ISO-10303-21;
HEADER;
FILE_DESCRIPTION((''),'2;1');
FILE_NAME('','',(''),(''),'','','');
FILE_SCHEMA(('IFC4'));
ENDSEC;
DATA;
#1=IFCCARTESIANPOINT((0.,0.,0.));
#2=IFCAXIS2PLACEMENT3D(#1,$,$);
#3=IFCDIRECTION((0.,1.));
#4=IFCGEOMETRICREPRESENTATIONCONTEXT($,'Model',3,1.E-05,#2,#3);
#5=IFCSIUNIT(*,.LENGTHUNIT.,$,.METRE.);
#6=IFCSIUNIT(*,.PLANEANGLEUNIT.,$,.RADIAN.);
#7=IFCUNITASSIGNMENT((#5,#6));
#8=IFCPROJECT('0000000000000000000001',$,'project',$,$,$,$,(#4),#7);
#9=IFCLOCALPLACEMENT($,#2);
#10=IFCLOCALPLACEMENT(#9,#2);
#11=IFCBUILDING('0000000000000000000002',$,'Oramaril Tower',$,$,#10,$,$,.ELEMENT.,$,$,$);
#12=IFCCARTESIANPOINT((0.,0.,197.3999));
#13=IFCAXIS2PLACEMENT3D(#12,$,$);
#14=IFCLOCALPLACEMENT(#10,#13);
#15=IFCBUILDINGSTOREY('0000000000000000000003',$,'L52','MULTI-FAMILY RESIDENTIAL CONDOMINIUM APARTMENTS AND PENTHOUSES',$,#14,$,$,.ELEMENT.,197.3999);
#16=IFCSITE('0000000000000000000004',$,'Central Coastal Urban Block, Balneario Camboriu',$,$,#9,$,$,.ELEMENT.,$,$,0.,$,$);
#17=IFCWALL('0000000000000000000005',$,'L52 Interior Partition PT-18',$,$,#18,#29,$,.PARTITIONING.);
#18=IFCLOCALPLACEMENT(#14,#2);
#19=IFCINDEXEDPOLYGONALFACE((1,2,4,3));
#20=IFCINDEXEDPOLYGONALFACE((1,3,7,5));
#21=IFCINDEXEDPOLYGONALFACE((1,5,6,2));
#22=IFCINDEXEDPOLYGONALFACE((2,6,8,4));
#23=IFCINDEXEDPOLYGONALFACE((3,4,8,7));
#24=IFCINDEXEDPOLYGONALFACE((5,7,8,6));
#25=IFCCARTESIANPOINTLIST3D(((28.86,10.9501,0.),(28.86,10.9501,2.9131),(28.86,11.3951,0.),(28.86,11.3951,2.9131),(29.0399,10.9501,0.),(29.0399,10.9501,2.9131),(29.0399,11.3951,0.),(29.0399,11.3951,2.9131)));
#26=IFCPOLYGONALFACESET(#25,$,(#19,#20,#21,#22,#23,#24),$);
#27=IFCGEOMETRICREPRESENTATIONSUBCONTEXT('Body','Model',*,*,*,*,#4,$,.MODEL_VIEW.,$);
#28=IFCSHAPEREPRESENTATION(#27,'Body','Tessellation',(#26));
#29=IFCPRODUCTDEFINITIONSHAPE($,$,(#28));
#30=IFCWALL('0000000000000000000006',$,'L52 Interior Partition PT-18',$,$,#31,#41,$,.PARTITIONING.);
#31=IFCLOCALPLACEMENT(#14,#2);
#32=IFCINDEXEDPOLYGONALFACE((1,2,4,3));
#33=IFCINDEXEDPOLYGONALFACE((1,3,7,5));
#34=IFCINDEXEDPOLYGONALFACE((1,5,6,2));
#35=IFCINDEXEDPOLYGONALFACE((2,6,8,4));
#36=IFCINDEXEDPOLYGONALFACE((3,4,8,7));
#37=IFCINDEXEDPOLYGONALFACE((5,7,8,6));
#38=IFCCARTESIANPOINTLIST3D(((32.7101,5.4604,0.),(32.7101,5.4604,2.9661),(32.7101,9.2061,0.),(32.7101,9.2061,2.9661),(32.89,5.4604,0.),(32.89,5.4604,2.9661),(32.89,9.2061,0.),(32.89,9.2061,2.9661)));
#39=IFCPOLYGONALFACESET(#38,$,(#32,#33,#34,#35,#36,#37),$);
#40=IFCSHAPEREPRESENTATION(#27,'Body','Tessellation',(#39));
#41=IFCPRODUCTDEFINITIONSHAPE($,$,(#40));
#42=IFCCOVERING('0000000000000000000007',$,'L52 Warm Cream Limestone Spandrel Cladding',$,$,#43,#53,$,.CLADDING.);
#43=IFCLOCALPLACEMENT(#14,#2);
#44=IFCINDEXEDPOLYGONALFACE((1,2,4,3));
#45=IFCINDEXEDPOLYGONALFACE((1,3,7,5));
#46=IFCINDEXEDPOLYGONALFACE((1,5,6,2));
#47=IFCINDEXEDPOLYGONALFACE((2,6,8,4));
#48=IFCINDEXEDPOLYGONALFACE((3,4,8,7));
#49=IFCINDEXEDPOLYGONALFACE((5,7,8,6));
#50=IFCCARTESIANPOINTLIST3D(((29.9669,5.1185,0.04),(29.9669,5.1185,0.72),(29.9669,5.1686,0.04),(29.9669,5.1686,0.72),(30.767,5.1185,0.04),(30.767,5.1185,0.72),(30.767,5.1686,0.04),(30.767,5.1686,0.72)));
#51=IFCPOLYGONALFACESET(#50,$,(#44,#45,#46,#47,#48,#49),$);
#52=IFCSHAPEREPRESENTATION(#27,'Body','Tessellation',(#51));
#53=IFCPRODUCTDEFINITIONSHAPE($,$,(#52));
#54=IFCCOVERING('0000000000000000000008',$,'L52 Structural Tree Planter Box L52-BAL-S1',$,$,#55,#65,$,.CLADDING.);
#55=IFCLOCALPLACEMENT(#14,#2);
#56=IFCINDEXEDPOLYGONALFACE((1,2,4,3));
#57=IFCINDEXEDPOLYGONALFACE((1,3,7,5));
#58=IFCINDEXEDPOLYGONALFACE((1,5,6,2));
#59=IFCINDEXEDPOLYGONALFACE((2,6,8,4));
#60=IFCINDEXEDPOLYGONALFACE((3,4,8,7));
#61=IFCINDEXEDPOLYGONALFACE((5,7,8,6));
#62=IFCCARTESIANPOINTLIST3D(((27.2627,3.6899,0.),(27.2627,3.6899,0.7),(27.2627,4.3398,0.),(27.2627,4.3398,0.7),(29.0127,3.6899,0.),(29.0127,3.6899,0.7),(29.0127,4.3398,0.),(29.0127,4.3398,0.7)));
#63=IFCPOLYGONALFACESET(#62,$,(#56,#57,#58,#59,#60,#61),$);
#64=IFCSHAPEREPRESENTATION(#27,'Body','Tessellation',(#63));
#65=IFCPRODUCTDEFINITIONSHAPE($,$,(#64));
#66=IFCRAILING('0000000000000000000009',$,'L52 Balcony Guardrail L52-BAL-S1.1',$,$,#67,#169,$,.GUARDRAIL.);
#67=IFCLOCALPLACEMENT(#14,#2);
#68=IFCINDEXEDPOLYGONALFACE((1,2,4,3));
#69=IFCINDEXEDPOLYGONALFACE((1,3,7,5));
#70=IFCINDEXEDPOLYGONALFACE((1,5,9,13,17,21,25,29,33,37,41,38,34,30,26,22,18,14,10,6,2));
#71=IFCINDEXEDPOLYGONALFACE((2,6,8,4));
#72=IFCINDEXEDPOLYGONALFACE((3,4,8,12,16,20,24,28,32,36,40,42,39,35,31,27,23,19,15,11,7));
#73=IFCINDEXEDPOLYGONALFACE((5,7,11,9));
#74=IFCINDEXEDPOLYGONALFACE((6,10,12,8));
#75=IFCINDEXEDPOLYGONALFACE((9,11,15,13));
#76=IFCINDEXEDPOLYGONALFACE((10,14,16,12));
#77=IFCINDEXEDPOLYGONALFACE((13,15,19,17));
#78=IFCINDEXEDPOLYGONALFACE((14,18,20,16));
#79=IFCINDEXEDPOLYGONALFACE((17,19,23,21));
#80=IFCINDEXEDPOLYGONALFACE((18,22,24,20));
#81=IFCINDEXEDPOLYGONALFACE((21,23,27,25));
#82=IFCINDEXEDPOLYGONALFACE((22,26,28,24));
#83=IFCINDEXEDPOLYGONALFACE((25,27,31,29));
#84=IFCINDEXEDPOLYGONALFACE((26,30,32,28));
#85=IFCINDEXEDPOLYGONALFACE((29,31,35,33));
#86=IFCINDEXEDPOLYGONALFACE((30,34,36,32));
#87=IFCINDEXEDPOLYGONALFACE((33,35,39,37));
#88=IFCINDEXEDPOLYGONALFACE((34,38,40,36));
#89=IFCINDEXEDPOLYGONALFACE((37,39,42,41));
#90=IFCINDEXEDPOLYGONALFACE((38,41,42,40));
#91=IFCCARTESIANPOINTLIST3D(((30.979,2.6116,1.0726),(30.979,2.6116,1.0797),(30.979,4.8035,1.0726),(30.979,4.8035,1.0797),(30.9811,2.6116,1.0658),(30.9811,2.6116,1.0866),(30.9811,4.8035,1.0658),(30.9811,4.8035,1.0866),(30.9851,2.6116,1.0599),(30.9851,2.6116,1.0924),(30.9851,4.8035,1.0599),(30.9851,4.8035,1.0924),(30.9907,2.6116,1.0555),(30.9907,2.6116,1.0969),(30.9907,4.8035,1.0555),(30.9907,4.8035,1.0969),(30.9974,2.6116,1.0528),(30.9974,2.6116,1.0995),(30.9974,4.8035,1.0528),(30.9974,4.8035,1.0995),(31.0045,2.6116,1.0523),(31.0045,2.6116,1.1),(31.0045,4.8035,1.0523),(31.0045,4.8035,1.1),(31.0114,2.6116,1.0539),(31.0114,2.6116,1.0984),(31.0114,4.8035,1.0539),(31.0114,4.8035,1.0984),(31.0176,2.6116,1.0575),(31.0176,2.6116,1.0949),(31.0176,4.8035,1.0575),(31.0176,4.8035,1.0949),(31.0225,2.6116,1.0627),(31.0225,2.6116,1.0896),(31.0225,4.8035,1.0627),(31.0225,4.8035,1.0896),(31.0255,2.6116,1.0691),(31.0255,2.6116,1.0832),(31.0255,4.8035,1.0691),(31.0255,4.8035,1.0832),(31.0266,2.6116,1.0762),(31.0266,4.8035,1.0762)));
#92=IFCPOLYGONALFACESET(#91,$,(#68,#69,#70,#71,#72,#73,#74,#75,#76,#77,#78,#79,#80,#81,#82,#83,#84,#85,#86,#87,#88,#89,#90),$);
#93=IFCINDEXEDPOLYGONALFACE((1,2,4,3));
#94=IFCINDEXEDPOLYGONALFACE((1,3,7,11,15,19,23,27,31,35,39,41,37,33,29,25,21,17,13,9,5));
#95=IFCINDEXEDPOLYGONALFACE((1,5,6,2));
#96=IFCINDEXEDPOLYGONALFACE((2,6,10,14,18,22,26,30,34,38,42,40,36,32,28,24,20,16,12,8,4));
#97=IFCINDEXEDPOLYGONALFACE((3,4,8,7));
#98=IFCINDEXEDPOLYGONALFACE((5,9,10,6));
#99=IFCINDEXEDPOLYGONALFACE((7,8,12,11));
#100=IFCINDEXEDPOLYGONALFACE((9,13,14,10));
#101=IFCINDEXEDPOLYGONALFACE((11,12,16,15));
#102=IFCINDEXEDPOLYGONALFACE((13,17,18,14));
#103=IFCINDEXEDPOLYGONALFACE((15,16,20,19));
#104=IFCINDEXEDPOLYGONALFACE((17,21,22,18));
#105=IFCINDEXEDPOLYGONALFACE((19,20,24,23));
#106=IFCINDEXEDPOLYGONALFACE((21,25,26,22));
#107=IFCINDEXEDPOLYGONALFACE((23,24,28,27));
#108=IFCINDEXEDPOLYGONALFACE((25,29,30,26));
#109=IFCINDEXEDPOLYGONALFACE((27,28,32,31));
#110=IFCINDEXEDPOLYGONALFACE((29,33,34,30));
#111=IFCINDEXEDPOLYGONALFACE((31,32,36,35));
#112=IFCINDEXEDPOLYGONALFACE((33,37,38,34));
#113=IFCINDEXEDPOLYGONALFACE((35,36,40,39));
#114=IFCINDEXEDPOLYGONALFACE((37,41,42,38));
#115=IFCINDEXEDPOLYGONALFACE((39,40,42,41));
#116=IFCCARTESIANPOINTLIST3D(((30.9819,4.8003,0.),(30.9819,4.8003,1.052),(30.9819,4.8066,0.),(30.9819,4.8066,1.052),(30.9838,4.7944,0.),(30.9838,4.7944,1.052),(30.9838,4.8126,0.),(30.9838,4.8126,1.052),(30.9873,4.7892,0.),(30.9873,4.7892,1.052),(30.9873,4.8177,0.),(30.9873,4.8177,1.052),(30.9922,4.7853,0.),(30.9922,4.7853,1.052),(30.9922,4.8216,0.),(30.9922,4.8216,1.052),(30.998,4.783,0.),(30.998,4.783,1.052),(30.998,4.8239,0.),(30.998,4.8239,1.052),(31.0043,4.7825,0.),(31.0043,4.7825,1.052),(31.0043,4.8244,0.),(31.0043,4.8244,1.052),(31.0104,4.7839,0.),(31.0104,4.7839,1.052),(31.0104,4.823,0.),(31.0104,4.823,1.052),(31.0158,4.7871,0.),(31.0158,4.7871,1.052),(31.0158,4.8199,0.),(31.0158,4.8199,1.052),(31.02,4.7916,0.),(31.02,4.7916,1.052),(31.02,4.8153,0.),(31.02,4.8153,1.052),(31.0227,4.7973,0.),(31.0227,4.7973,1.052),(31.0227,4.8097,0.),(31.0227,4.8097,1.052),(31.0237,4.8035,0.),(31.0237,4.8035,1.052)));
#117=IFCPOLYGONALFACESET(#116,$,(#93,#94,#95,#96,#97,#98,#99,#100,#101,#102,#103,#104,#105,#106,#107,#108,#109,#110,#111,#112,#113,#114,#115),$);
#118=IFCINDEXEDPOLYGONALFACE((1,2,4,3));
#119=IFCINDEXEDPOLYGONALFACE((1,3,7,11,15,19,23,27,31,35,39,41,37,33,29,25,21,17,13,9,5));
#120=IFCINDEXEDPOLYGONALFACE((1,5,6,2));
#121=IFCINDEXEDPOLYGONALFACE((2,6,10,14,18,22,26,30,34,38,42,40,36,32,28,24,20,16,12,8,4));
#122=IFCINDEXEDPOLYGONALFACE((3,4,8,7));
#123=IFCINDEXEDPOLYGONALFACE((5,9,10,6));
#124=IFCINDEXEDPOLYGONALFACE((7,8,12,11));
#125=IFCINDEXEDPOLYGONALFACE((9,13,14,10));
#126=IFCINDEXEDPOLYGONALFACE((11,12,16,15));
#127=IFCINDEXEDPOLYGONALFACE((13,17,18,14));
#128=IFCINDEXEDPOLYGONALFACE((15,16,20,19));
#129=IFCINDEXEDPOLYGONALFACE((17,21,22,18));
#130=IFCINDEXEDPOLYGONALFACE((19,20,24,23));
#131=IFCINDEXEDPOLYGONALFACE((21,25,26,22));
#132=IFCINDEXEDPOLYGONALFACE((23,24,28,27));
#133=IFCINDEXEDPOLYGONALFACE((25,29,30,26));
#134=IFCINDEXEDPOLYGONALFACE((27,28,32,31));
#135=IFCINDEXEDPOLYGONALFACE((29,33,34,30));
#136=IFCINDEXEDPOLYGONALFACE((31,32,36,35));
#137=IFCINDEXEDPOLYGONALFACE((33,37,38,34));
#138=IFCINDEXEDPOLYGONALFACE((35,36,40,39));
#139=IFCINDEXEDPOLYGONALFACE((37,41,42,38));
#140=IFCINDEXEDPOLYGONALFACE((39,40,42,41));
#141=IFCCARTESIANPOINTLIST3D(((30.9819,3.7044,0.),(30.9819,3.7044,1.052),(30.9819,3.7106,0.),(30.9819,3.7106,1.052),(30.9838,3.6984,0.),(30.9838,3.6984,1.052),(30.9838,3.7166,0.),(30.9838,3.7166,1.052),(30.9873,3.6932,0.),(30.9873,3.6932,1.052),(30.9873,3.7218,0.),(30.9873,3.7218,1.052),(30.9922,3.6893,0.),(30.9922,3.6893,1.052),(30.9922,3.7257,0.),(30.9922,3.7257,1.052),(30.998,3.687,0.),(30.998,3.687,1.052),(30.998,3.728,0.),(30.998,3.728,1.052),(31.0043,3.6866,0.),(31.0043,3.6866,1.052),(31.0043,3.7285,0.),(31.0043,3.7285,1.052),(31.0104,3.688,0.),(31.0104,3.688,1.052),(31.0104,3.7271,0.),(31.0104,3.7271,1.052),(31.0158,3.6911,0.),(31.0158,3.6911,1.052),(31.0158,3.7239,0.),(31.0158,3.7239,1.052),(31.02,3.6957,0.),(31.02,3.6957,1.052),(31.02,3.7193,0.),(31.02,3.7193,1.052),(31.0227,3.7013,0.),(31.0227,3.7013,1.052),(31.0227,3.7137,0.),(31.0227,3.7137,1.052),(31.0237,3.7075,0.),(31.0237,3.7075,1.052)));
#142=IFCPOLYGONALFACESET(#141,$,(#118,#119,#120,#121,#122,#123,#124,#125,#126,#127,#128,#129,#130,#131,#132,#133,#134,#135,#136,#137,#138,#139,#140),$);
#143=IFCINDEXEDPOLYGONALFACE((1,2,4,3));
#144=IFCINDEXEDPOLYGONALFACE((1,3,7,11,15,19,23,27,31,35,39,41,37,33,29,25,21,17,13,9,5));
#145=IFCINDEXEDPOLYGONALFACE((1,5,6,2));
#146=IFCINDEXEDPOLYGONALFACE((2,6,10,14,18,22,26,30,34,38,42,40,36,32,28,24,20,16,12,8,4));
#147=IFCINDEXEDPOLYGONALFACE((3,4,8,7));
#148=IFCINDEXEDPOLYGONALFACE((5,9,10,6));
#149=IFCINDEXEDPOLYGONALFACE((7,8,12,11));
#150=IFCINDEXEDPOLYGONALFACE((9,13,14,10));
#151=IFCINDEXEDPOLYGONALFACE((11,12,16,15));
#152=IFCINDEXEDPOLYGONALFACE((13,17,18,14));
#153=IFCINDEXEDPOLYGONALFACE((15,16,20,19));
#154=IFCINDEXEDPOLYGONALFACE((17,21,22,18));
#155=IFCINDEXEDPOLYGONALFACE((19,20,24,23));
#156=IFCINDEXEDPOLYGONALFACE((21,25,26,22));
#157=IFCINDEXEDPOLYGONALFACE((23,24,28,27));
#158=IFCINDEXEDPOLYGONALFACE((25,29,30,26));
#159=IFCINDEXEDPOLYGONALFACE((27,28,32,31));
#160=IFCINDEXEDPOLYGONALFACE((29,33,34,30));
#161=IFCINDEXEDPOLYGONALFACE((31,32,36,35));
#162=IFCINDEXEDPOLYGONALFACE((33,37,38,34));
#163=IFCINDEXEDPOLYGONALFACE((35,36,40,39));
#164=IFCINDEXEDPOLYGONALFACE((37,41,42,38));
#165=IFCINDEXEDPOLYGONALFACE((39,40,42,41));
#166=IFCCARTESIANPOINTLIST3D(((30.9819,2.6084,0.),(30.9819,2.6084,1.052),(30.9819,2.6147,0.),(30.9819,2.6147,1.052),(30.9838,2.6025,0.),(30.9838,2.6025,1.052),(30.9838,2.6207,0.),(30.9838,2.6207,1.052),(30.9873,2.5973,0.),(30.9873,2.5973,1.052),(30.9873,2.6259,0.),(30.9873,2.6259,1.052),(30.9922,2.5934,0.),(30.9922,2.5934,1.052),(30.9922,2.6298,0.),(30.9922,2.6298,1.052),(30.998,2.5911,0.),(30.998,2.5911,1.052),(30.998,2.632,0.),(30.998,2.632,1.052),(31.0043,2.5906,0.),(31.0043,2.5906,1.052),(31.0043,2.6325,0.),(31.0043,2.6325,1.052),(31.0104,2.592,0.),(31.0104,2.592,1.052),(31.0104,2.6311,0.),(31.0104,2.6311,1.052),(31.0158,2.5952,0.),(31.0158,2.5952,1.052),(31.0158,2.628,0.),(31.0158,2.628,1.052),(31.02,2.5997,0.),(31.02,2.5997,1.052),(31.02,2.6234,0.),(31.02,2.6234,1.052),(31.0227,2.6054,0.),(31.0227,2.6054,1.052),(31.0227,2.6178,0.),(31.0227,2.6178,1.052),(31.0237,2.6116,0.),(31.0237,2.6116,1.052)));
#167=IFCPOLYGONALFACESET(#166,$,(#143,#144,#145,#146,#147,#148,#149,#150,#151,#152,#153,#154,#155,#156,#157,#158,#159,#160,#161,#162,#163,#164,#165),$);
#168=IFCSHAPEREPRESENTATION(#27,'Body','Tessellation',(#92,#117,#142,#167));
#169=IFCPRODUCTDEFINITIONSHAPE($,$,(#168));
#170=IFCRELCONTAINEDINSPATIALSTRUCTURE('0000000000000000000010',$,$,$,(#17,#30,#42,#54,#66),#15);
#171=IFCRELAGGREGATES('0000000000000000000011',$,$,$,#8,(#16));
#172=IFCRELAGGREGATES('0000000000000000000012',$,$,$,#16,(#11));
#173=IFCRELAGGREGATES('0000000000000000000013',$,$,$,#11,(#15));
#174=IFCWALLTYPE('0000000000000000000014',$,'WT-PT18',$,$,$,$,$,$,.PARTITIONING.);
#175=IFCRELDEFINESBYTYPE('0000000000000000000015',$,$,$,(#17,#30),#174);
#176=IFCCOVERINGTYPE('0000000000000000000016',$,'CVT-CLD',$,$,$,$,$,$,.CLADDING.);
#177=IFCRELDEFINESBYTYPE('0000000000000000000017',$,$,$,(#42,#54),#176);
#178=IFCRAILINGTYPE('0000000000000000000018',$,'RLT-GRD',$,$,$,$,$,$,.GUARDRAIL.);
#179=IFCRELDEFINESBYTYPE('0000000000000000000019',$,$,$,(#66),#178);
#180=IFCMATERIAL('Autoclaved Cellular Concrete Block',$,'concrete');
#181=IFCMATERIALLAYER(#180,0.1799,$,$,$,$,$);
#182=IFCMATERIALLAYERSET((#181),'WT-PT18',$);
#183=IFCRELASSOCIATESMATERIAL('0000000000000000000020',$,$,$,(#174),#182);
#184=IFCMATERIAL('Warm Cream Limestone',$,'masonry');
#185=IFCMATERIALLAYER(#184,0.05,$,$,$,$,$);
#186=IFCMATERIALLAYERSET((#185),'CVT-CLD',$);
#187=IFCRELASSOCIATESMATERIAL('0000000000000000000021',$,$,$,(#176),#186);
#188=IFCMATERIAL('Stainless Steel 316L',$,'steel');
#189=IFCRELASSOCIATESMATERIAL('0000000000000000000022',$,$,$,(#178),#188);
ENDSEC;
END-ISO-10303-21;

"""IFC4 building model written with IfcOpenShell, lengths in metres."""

from ifc_helpers import new_model, si_unit, direction, frame, frame_2d, origin, origin_2d, place, context, subcontext, project, spatial, rectangle, circle, extrude, material, layer, layer_set, type_object, element, save


model = new_model("IFC4")

# Units and contexts
model_context = context("Model", 3, precision=1e-05, world=origin(), true_north=direction((0.0, 1.0)))
body_context = subcontext(model_context, "Body", "Model", "MODEL_VIEW")
ifc_project = project(units=[si_unit("LENGTHUNIT", "METRE"), si_unit("PLANEANGLEUNIT", "RADIAN")], contexts=[model_context])

# Site, building, storey
site_placement = place(None, origin())
site = spatial("IfcSite", under=ifc_project, at=site_placement, Name="Central Coastal Urban Block, Balneario Camboriu", CompositionType="ELEMENT", RefElevation=0.0)
building_placement = place(site_placement, origin())
building = spatial("IfcBuilding", under=site, at=building_placement, Name="Oramaril Tower", CompositionType="ELEMENT")
storey_placement = place(building_placement, frame((0.0, 0.0, 197.3999)))
storey = spatial("IfcBuildingStorey", under=building, at=storey_placement, Name="L52", Description="MULTI-FAMILY RESIDENTIAL CONDOMINIUM APARTMENTS AND PENTHOUSES", CompositionType="ELEMENT", Elevation=197.3999)

# Shared definitions
ifc_material_1 = material(Name="Autoclaved Cellular Concrete Block", Category="concrete")
ifc_layer_1 = layer(ifc_material_1, 0.1799)
ifc_layer_set_1 = layer_set([ifc_layer_1], Name="WT-PT18")
wall_type_1 = type_object("IfcWallType", Name="WT-PT18", PredefinedType="PARTITIONING", material=ifc_layer_set_1)

# Walls
wall_1_placement = place(storey_placement, frame((28.95, 10.95, 0.0), z_axis=(0.0, 0.0, 1.0), x_axis=(0.0, 1.0, 0.0)))
element("IfcWall", 1, at=wall_1_placement, inside=storey, type_object=wall_type_1, Name="L52 Interior Partition PT-18", PredefinedType="PARTITIONING", context=body_context, shape_type="SweptSolid", body=[
    extrude(rectangle(XDim=0.4451, YDim=0.1799, at=frame_2d((0.2227, 0.0))), origin(), (0.0, 0.0, 1.0), 2.9131),
])
wall_2_placement = place(storey_placement, frame((32.8, 5.4604, 0.0), z_axis=(0.0, 0.0, 1.0), x_axis=(0.0, 1.0, 0.0)))
element("IfcWall", 2, at=wall_2_placement, inside=storey, type_object=wall_type_1, Name="L52 Interior Partition PT-18", PredefinedType="PARTITIONING", context=body_context, shape_type="SweptSolid", body=[
    extrude(rectangle(XDim=3.7456, YDim=0.1799, at=frame_2d((1.8728, 0.0))), origin(), (0.0, 0.0, 1.0), 2.9661),
])

# Coverings
ifc_material_2 = material(Name="Warm Cream Limestone", Category="masonry")
ifc_layer_2 = layer(ifc_material_2, 0.05)
ifc_layer_set_2 = layer_set([ifc_layer_2], Name="CVT-CLD")
covering_type = type_object("IfcCoveringType", Name="CVT-CLD", PredefinedType="CLADDING", material=ifc_layer_set_2)
covering_1_placement = place(storey_placement, frame((30.3669, 5.1436, 0.04), z_axis=(0.0, 0.0, 1.0), x_axis=(1.0, 0.0, 0.0)))
element("IfcCovering", 3, at=covering_1_placement, inside=storey, type_object=covering_type, Name="L52 Warm Cream Limestone Spandrel Cladding", PredefinedType="CLADDING", context=body_context, shape_type="SweptSolid", body=[
    extrude(rectangle(XDim=0.8, YDim=0.05, at=origin_2d()), origin(), (0.0, 0.0, 1.0), 0.6799),
])
covering_2_placement = place(storey_placement, frame((28.1377, 4.0149, 0.0), z_axis=(0.0, 0.0, 1.0), x_axis=(1.0, 0.0, 0.0)))
element("IfcCovering", 4, at=covering_2_placement, inside=storey, type_object=covering_type, Name="L52 Structural Tree Planter Box L52-BAL-S1", PredefinedType="CLADDING", context=body_context, shape_type="SweptSolid", body=[
    extrude(rectangle(XDim=1.75, YDim=0.6499, at=origin_2d()), origin(), (0.0, 0.0, 1.0), 0.7),
])

# Railing
ifc_material_3 = material(Name="Stainless Steel 316L", Category="steel")
railing_type = type_object("IfcRailingType", Name="RLT-GRD", PredefinedType="GUARDRAIL", material=ifc_material_3)
railing_1_placement = place(storey_placement, frame((31.0027, 4.8035, 0.0)))
element("IfcRailing", 5, at=railing_1_placement, inside=storey, type_object=railing_type, Name="L52 Balcony Guardrail L52-BAL-S1.1", PredefinedType="GUARDRAIL", context=body_context, shape_type="SweptSolid", body=[
    extrude(circle(Radius=0.0239, at=origin_2d()), frame((0.0, 0.0, 1.0762), z_axis=(0.0, -1.0, 0.0), x_axis=(1.0, 0.0, 0.0)), (0.0, 0.0, 1.0), 2.1919),
    extrude(circle(Radius=0.021, at=origin_2d()), origin(), (0.0, 0.0, 1.0), 1.052),
    extrude(circle(Radius=0.021, at=origin_2d()), frame((0.0, -1.0959, 0.0)), (0.0, 0.0, 1.0), 1.052),
    extrude(circle(Radius=0.021, at=origin_2d()), frame((0.0, -2.1919, 0.0)), (0.0, 0.0, 1.0), 1.052),
])

save(model, "model.ifc")
